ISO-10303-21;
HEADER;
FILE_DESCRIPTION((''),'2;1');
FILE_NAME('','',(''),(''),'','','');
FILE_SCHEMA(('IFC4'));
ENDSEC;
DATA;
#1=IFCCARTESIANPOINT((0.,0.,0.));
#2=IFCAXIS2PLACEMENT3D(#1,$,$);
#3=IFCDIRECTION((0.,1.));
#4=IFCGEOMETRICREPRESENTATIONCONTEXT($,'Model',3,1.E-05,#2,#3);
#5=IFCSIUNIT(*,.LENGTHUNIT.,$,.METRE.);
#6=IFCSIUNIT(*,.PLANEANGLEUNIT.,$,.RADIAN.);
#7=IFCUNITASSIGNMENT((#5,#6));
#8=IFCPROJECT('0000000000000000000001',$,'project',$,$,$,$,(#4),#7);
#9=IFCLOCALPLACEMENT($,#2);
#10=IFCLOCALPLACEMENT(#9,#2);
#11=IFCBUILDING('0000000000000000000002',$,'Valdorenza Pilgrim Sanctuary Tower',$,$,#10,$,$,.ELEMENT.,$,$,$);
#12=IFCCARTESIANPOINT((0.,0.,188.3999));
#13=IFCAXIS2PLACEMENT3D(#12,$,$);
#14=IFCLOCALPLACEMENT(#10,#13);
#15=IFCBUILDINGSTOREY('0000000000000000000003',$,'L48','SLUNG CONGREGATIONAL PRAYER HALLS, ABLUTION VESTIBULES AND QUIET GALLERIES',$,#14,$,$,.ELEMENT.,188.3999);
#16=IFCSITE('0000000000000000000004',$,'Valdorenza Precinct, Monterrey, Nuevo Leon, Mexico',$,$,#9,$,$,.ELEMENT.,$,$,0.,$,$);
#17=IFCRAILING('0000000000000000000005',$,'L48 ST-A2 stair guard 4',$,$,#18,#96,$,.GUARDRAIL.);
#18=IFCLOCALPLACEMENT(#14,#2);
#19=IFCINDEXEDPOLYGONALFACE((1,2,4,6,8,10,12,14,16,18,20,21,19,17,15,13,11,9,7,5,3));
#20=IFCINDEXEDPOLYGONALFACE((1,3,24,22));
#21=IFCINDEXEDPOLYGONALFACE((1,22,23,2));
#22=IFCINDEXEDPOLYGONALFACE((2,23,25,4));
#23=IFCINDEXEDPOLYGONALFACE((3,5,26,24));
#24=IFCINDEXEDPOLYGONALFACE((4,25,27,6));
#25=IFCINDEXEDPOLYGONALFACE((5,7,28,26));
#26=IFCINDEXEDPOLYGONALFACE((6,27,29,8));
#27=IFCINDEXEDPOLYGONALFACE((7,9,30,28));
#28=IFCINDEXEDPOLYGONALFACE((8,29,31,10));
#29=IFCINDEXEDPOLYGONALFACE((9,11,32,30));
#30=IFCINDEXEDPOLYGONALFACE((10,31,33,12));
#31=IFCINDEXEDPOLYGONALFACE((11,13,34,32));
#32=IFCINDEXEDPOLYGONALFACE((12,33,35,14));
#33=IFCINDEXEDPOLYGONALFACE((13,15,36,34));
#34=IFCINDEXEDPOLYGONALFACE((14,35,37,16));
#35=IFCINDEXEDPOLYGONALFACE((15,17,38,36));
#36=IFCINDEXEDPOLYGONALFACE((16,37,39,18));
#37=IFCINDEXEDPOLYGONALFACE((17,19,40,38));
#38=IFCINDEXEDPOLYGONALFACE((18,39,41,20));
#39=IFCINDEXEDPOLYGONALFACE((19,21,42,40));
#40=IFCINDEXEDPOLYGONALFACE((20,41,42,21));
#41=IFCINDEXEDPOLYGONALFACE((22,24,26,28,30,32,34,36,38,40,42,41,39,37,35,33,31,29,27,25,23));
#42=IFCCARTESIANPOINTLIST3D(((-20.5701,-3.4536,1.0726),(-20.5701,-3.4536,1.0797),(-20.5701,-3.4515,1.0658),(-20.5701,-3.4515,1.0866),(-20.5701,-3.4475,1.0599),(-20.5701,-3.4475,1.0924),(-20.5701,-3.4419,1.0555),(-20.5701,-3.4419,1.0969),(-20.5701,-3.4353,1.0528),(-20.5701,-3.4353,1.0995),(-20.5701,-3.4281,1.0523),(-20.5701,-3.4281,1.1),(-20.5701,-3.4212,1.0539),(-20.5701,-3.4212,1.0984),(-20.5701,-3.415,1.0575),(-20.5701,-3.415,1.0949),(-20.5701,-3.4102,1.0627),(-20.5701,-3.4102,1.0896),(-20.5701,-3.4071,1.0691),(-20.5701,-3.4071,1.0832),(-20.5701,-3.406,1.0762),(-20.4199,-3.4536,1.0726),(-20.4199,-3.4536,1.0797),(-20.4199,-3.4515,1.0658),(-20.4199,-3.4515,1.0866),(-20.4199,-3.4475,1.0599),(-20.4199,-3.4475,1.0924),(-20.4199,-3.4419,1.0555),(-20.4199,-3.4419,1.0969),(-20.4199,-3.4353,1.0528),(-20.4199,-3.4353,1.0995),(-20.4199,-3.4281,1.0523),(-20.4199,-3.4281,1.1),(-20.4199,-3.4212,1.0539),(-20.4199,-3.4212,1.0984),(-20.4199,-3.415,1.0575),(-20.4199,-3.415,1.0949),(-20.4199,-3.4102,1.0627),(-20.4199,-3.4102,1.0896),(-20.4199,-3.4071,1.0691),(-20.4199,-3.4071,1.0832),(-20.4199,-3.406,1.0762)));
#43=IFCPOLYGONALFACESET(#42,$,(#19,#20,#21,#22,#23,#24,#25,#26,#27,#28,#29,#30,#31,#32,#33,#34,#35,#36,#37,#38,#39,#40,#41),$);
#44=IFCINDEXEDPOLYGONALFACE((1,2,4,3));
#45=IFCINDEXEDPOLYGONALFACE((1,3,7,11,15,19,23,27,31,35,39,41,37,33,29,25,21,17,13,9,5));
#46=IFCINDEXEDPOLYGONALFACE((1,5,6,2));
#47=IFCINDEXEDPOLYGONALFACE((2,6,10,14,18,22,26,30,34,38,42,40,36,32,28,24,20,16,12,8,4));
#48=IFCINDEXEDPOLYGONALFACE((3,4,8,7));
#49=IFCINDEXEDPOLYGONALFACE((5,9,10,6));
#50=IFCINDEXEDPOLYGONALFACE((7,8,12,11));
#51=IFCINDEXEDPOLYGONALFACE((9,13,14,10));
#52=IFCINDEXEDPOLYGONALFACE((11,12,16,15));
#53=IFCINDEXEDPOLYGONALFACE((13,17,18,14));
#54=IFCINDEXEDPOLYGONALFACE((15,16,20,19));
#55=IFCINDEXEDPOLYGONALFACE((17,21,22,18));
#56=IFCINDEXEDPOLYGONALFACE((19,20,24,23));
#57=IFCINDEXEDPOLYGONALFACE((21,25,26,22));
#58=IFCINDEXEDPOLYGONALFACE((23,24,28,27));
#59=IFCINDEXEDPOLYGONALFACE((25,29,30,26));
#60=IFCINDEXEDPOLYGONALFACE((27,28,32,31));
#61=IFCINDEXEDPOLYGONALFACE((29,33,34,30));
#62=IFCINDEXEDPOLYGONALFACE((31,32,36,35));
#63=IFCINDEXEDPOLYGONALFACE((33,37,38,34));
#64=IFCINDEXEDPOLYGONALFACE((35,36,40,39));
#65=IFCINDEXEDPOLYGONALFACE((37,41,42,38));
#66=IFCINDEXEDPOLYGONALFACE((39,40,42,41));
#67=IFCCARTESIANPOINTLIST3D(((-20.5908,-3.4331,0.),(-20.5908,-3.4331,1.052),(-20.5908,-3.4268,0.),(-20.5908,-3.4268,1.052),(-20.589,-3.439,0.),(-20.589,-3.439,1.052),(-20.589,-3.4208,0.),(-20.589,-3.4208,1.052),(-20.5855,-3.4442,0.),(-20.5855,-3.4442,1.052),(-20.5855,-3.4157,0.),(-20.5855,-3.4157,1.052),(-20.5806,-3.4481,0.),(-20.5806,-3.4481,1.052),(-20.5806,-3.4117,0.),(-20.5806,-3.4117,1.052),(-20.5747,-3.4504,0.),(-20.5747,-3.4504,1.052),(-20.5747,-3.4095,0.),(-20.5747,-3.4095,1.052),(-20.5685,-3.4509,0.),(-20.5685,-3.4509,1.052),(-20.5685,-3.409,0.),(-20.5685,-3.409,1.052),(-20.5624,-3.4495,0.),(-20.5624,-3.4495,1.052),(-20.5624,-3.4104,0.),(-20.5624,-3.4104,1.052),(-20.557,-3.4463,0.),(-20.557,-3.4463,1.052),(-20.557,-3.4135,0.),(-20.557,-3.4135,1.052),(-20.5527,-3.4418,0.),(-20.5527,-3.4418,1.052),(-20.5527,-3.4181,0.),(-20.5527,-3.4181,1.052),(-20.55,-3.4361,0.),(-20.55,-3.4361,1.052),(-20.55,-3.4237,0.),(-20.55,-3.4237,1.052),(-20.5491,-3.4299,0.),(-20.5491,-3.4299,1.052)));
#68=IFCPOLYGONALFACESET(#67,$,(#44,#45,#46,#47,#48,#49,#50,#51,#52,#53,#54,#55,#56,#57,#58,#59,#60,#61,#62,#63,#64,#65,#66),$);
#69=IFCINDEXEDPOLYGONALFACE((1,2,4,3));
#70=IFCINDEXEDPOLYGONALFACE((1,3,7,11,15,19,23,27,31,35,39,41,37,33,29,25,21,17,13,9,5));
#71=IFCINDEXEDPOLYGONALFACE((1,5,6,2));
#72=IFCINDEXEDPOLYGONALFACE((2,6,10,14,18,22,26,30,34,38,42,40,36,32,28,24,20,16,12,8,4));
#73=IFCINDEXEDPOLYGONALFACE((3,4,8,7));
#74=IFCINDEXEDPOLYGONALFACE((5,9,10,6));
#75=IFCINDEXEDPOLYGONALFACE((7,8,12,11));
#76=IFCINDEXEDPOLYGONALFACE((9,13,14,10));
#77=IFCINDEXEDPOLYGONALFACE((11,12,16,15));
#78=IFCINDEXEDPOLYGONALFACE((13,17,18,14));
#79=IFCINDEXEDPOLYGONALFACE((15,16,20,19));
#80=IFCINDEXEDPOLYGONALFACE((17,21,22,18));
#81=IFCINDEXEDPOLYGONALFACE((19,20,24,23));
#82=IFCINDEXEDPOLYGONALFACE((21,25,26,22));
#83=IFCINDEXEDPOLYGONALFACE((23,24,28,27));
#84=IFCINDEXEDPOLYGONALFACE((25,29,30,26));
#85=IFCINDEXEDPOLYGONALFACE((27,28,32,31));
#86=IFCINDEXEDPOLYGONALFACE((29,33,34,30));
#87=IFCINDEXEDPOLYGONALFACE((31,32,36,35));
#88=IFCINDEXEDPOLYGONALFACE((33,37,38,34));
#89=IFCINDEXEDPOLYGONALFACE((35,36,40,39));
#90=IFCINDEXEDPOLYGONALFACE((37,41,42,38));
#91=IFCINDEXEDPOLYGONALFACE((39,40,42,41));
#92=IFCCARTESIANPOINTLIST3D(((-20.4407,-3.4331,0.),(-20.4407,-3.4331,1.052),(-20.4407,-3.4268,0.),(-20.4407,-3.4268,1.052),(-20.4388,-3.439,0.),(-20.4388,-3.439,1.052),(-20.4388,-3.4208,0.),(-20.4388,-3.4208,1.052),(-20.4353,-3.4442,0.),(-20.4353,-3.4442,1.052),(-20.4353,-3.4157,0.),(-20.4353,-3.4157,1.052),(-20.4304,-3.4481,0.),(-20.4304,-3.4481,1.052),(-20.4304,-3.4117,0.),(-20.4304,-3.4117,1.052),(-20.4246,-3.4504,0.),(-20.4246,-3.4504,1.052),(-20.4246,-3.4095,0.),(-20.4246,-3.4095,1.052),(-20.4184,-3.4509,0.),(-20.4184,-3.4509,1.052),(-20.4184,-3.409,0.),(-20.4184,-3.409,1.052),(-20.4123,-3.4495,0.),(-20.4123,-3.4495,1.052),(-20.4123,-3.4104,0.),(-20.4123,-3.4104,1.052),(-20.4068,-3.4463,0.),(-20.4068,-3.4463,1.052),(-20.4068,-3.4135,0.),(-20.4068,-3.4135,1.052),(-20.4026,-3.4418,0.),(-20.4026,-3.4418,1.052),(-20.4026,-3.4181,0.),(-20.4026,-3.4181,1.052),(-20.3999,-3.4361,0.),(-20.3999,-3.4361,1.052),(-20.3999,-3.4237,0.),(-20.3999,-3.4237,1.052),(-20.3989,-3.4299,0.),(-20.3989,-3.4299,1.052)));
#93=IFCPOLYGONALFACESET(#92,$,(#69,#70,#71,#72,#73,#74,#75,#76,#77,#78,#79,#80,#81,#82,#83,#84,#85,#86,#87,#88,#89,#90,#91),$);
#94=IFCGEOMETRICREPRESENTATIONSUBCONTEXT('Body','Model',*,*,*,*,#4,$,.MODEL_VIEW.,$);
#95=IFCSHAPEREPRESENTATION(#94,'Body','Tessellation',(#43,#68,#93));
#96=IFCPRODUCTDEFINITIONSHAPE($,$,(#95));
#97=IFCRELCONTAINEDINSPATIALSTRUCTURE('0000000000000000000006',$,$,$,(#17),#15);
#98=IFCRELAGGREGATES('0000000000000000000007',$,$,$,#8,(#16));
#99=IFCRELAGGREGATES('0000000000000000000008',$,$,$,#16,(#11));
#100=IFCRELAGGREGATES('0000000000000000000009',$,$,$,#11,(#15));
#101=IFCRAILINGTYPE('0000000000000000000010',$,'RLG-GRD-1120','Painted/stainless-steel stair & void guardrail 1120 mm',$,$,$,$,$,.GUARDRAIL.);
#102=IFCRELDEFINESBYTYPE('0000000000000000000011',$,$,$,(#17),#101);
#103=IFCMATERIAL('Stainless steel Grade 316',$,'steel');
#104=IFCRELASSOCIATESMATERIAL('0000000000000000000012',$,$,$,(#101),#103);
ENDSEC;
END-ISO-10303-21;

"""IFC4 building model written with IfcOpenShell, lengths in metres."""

from ifc_helpers import new_model, si_unit, direction, frame, origin, origin_2d, place, context, subcontext, project, spatial, circle, extrude, material, type_object, element, save


model = new_model("IFC4")

# Units and contexts
model_context = context("Model", 3, precision=1e-05, world=origin(), true_north=direction((0.0, 1.0)))
body_context = subcontext(model_context, "Body", "Model", "MODEL_VIEW")
ifc_project = project(units=[si_unit("LENGTHUNIT", "METRE"), si_unit("PLANEANGLEUNIT", "RADIAN")], contexts=[model_context])

# Site, building, storey
site_placement = place(None, origin())
site = spatial("IfcSite", under=ifc_project, at=site_placement, Name="Valdorenza Precinct, Monterrey, Nuevo Leon, Mexico", CompositionType="ELEMENT", RefElevation=0.0)
building_placement = place(site_placement, origin())
building = spatial("IfcBuilding", under=site, at=building_placement, Name="Valdorenza Pilgrim Sanctuary Tower", CompositionType="ELEMENT")
storey_placement = place(building_placement, frame((0.0, 0.0, 188.3999)))
storey = spatial("IfcBuildingStorey", under=building, at=storey_placement, Name="L48", Description="SLUNG CONGREGATIONAL PRAYER HALLS, ABLUTION VESTIBULES AND QUIET GALLERIES", CompositionType="ELEMENT", Elevation=188.3999)

# Railing
ifc_material_1 = material(Name="Stainless steel Grade 316", Category="steel")
railing_type_1 = type_object("IfcRailingType", Name="RLG-GRD-1120", Description="Painted/stainless-steel stair & void guardrail 1120 mm", PredefinedType="GUARDRAIL", material=ifc_material_1)
railing_1_placement = place(storey_placement, frame((-20.5701, -3.4299, 0.0)))
element("IfcRailing", 1, at=railing_1_placement, inside=storey, type_object=railing_type_1, Name="L48 ST-A2 stair guard 4", PredefinedType="GUARDRAIL", context=body_context, shape_type="SweptSolid", body=[
    extrude(circle(Radius=0.0239, at=origin_2d()), frame((0.0, 0.0, 1.0762), z_axis=(1.0, 0.0, 0.0), x_axis=(0.0, 1.0, 0.0)), (0.0, 0.0, 1.0), 0.1501),
    extrude(circle(Radius=0.021, at=origin_2d()), origin(), (0.0, 0.0, 1.0), 1.052),
    extrude(circle(Radius=0.021, at=origin_2d()), frame((0.1501, 0.0, 0.0)), (0.0, 0.0, 1.0), 1.052),
])

save(model, "model.ifc")
